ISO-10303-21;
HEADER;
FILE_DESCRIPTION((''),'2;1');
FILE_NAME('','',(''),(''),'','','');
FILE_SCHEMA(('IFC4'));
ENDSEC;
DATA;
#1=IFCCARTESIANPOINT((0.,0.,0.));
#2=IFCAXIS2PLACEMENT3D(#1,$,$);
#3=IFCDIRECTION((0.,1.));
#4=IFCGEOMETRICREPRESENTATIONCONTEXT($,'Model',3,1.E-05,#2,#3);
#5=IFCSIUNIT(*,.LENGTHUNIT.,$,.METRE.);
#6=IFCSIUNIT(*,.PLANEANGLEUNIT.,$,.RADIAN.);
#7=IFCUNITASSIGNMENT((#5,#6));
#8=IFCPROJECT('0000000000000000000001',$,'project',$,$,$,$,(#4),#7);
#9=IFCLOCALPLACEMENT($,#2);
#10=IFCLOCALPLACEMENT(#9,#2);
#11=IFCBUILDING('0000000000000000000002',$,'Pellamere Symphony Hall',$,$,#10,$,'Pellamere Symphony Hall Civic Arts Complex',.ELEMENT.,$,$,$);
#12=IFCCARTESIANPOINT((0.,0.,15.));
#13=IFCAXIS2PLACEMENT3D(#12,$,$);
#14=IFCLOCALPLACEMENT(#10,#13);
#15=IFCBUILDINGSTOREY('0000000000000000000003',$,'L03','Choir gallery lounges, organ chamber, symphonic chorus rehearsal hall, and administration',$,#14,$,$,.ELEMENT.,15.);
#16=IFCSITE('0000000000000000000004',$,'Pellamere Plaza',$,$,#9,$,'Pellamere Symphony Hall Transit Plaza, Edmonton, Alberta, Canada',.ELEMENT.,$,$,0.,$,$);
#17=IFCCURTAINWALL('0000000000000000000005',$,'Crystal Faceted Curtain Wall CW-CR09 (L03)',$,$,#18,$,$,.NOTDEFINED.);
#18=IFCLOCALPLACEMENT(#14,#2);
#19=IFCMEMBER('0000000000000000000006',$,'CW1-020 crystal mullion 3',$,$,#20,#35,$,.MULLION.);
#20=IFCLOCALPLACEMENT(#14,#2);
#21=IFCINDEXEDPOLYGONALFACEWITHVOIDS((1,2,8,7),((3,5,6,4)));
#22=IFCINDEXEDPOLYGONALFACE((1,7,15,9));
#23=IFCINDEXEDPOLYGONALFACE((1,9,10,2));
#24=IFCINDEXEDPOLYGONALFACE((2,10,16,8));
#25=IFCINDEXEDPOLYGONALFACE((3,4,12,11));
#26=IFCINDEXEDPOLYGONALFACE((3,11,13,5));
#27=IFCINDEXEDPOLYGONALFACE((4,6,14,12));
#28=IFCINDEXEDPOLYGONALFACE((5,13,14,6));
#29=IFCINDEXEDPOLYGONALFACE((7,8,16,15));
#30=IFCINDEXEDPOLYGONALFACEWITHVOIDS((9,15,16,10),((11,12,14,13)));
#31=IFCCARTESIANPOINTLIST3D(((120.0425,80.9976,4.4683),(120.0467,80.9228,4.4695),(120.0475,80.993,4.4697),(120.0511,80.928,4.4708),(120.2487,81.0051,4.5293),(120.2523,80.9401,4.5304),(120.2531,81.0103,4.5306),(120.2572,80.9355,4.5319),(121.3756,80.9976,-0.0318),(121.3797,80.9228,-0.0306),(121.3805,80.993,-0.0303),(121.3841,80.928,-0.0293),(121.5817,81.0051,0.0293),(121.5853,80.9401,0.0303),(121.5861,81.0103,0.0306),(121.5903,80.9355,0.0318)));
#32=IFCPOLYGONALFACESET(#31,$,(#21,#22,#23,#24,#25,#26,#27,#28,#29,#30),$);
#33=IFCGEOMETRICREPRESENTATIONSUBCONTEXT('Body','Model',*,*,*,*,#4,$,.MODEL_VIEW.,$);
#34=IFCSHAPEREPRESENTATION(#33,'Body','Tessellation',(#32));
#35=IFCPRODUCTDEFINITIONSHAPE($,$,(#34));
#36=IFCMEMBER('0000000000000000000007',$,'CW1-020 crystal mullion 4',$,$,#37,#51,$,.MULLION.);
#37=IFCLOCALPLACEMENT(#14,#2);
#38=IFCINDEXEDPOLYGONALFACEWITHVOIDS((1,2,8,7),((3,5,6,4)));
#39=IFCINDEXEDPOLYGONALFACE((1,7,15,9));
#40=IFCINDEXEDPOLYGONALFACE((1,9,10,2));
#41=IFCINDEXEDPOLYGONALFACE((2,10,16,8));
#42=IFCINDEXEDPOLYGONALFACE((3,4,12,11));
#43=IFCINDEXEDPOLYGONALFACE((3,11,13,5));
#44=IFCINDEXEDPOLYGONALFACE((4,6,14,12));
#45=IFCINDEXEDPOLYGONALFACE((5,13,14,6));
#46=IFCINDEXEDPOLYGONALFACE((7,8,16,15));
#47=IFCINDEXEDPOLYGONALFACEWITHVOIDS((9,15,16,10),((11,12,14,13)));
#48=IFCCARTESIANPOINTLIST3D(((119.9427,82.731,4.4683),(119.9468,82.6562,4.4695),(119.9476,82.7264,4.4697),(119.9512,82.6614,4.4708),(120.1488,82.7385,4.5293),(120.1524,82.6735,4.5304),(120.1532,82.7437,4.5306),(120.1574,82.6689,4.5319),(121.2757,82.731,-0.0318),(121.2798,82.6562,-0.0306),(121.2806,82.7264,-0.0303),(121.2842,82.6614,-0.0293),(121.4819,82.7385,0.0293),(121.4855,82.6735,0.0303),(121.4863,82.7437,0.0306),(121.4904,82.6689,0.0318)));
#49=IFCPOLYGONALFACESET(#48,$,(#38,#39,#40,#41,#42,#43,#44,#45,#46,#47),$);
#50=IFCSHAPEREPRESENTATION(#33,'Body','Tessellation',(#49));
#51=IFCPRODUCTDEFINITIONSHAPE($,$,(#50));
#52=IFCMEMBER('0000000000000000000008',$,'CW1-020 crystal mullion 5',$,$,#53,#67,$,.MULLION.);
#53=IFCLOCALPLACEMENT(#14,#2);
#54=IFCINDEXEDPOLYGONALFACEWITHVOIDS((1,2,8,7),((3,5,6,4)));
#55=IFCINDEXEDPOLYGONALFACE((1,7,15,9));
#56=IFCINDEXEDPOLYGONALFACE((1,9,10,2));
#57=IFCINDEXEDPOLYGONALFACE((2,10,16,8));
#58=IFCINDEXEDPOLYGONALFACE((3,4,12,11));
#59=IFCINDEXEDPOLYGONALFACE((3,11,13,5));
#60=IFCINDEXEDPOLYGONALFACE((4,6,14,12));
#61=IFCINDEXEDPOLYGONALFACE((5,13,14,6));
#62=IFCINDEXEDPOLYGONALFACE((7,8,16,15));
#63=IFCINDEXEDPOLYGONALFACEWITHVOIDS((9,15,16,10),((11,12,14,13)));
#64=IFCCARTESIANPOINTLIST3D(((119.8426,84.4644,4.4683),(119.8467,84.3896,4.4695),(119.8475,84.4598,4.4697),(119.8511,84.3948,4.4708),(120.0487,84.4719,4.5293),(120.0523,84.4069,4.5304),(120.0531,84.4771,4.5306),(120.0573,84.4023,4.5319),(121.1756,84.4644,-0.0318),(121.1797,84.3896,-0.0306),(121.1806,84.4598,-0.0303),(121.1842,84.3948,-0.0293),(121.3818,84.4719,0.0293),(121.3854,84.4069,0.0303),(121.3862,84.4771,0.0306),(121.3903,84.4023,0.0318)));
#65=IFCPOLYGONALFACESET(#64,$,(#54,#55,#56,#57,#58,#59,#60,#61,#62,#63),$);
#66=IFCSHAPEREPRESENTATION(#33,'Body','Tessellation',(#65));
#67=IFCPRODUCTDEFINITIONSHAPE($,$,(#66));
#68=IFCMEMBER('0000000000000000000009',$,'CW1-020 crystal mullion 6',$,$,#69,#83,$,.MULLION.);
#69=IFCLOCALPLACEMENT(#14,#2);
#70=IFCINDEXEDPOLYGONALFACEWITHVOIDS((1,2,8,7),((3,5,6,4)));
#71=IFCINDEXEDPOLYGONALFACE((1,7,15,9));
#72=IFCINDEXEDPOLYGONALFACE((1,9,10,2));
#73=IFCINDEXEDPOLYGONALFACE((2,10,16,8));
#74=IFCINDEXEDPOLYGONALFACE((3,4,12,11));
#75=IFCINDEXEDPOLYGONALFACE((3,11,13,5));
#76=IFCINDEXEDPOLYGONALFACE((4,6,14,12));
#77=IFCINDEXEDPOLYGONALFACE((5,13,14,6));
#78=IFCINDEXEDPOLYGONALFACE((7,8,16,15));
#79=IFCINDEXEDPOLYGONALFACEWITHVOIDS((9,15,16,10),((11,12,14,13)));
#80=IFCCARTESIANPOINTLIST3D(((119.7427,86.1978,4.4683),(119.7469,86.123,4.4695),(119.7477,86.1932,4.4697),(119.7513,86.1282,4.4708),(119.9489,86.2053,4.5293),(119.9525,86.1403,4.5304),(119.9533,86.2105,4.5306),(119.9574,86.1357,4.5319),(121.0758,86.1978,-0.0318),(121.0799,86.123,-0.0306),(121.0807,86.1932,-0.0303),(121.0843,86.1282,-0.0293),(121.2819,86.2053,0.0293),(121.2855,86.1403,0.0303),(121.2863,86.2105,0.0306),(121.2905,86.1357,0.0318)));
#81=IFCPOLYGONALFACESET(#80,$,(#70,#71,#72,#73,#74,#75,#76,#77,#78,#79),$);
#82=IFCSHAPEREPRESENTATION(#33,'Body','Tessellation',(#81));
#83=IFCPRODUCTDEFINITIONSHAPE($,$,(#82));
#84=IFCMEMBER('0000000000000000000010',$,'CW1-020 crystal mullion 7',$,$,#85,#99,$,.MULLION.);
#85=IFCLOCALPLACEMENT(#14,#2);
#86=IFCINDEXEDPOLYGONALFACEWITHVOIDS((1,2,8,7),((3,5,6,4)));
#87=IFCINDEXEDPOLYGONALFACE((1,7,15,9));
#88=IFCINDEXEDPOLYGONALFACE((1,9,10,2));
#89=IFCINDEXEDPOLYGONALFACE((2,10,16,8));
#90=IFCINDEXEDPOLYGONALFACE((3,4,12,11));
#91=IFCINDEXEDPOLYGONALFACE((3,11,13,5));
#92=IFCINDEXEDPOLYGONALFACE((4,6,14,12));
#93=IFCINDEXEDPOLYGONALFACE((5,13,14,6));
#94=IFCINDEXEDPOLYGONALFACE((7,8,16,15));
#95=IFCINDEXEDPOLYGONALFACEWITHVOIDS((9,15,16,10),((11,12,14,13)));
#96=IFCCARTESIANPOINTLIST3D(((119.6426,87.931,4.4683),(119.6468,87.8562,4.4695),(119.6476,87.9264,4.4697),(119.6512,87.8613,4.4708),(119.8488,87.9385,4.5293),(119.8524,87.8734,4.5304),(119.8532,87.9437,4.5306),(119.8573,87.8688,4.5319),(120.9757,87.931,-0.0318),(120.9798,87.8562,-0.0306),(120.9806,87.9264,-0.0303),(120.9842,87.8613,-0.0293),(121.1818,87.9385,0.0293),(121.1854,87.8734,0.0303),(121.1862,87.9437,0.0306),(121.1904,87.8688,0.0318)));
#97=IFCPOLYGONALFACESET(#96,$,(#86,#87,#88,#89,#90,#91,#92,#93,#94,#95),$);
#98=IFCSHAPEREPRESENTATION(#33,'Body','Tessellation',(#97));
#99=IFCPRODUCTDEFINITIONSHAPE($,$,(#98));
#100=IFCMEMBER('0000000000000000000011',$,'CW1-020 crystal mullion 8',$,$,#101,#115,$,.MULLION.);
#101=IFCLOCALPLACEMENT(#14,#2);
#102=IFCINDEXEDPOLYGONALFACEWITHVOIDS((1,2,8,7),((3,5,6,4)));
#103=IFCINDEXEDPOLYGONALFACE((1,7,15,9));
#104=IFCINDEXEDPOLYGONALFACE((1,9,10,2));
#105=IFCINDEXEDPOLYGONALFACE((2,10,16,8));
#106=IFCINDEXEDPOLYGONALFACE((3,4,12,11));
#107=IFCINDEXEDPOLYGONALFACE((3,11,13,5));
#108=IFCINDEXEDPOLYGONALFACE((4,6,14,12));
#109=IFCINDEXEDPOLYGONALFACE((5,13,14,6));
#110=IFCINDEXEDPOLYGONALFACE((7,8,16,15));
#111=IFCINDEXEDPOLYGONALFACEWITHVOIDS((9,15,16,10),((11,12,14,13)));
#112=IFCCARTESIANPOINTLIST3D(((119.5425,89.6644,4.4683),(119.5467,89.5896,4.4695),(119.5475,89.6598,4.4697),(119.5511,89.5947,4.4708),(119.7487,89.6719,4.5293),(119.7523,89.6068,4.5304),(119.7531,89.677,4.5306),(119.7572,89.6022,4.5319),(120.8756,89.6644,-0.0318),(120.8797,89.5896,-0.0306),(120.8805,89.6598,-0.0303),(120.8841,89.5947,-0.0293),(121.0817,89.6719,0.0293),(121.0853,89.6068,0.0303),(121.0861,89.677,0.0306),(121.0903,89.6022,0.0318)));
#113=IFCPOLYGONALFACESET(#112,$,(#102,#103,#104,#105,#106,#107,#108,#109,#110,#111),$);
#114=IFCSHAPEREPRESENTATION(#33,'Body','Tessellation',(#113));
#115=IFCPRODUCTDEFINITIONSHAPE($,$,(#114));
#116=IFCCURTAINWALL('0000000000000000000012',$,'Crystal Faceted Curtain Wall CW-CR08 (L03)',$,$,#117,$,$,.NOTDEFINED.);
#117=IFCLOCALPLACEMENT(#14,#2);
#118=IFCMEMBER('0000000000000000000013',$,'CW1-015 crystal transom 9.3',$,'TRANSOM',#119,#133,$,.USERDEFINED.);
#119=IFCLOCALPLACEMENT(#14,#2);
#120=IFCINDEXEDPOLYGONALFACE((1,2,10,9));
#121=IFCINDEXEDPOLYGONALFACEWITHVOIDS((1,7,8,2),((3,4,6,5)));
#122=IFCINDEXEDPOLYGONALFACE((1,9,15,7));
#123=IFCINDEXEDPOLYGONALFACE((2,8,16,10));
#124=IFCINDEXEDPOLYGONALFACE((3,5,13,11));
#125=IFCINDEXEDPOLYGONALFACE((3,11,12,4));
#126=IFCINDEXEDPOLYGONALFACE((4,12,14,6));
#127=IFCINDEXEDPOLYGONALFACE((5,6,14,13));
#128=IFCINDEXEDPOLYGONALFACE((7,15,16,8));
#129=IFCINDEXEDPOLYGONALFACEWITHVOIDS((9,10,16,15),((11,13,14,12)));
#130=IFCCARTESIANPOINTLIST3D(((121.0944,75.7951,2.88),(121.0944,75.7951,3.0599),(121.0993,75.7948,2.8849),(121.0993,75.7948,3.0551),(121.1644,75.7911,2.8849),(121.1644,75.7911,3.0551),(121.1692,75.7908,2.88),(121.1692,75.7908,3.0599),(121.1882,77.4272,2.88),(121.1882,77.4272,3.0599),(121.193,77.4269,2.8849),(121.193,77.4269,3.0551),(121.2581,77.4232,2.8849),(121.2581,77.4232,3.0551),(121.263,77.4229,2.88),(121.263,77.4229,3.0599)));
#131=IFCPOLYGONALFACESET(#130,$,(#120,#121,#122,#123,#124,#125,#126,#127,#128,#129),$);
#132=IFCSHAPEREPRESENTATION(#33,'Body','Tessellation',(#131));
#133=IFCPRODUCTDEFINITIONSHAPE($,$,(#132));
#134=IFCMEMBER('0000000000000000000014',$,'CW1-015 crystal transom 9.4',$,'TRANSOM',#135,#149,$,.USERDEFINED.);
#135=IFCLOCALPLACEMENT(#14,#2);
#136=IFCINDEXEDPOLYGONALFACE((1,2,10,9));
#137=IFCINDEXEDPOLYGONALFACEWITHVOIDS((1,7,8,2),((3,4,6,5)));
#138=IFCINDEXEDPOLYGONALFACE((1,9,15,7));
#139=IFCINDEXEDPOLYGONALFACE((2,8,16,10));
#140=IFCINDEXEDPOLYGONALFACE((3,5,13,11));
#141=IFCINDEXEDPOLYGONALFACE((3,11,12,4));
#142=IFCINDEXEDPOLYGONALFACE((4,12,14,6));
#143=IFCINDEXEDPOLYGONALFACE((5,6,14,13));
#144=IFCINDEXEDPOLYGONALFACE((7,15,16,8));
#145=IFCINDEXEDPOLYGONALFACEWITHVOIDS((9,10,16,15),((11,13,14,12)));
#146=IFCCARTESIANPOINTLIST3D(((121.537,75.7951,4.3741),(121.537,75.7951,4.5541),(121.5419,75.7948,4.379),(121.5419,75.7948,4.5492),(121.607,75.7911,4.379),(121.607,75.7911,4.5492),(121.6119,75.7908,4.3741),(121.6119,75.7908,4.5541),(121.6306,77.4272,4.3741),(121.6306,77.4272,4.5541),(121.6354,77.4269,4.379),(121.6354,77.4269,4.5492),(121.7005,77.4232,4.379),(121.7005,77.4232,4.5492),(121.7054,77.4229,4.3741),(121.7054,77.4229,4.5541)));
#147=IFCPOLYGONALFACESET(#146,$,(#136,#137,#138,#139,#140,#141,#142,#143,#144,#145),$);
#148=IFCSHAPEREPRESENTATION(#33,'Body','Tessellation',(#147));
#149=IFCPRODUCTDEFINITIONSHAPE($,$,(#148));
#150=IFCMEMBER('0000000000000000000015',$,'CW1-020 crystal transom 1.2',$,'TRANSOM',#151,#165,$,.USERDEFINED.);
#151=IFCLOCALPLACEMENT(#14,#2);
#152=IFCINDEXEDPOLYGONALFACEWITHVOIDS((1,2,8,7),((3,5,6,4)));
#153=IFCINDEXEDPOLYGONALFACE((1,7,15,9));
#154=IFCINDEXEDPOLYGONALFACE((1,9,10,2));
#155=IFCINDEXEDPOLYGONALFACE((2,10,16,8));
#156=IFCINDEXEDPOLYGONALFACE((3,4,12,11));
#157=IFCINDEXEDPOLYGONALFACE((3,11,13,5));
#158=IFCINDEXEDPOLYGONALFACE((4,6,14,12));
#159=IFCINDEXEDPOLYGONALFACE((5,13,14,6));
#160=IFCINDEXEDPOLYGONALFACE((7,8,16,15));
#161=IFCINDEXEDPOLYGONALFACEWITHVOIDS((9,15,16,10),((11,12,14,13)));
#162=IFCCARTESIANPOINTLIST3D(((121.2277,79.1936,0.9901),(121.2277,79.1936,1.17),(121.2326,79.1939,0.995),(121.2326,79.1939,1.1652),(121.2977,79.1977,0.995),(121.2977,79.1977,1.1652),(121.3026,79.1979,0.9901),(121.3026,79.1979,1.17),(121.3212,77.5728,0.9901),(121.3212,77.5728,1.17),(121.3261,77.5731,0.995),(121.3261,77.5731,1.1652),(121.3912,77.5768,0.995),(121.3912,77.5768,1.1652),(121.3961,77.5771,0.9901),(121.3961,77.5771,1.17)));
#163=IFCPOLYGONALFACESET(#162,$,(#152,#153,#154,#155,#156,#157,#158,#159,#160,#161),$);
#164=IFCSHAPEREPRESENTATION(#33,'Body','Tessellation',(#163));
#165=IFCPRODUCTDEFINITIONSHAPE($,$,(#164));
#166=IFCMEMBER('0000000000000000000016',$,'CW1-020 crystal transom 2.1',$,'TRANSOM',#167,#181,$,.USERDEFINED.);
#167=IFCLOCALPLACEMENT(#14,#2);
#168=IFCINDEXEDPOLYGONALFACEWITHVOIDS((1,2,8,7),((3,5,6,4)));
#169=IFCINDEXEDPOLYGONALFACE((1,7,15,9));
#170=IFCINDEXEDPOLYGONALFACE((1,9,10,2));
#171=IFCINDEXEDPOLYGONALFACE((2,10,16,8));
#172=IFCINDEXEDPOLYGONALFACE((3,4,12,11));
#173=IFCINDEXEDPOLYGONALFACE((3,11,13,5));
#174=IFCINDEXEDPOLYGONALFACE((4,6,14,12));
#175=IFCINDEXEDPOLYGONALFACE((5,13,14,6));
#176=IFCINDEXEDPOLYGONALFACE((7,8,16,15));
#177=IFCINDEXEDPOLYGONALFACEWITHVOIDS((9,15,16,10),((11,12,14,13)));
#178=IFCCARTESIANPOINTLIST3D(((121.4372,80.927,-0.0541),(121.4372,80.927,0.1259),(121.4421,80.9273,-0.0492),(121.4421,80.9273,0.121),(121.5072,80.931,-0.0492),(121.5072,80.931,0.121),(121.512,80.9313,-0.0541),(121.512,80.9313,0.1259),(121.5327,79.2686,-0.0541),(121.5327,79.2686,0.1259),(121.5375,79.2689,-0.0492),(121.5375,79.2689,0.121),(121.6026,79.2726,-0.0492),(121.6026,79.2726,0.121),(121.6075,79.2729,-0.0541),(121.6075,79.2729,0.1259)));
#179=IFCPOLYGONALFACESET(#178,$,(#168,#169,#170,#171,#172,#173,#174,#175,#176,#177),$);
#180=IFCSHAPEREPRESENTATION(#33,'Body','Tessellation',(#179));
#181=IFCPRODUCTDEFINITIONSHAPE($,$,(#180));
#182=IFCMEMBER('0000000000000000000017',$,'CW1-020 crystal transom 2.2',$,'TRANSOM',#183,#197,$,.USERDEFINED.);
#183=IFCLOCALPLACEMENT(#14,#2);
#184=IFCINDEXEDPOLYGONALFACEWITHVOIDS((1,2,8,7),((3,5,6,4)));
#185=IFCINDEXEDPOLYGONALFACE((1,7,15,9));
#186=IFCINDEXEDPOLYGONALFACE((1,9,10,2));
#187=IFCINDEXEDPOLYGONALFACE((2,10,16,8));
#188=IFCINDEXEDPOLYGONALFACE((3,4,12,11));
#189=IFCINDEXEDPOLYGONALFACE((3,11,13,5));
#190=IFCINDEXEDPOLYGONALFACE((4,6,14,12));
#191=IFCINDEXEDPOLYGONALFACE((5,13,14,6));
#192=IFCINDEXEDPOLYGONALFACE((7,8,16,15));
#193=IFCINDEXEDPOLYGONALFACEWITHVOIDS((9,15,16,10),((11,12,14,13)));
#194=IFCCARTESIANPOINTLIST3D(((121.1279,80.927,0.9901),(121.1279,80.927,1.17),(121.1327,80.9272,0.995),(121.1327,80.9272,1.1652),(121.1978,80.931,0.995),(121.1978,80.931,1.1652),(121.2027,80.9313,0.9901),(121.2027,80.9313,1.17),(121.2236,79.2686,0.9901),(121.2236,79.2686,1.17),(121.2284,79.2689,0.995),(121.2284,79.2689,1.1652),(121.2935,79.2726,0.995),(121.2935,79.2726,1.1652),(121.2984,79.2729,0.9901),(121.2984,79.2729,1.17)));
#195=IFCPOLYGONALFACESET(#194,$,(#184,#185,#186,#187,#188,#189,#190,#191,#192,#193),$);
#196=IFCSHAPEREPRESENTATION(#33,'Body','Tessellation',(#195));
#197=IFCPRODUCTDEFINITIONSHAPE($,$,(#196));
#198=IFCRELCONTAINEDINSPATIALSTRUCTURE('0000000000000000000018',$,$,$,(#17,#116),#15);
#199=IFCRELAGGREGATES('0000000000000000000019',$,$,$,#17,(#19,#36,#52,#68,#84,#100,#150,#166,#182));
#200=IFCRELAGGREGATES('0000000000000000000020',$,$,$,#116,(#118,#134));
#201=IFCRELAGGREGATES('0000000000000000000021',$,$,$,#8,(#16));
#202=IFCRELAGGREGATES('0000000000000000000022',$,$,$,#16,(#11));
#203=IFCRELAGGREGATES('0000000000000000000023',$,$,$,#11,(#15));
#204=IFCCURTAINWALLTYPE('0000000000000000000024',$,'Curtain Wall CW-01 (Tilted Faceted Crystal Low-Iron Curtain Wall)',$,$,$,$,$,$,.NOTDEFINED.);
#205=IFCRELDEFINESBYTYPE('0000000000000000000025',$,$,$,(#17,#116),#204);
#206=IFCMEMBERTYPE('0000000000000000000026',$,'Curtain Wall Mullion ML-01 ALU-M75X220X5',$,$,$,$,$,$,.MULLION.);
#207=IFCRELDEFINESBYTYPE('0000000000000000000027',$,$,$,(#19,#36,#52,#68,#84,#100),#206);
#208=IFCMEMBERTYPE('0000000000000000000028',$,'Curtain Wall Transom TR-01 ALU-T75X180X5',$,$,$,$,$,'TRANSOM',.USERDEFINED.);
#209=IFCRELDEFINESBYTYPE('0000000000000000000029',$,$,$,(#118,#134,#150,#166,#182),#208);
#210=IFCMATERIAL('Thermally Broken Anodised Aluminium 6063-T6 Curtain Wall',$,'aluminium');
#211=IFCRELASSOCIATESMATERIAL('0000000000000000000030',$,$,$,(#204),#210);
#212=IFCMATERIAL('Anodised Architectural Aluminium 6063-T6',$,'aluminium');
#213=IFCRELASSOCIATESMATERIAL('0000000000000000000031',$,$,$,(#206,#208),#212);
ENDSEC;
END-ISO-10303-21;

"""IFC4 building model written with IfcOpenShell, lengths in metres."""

from ifc_helpers import new_model, si_unit, direction, frame, origin, origin_2d, place, context, subcontext, project, spatial, hollow_rectangle, extrude, material, material_profile, profile_set, type_object, element, aggregate, save


model = new_model("IFC4")

# Units and contexts
model_context = context("Model", 3, precision=1e-05, world=origin(), true_north=direction((0.0, 1.0)))
body_context = subcontext(model_context, "Body", "Model", "MODEL_VIEW")
ifc_project = project(units=[si_unit("LENGTHUNIT", "METRE"), si_unit("PLANEANGLEUNIT", "RADIAN")], contexts=[model_context])

# Site, building, storey
site_placement = place(None, origin())
site = spatial("IfcSite", under=ifc_project, at=site_placement, Name="Pellamere Plaza", LongName="Pellamere Symphony Hall Transit Plaza, Edmonton, Alberta, Canada", CompositionType="ELEMENT", RefElevation=0.0)
building_placement = place(site_placement, origin())
building = spatial("IfcBuilding", under=site, at=building_placement, Name="Pellamere Symphony Hall", LongName="Pellamere Symphony Hall Civic Arts Complex", CompositionType="ELEMENT")
storey_placement = place(building_placement, frame((0.0, 0.0, 15.0)))
storey = spatial("IfcBuildingStorey", under=building, at=storey_placement, Name="L03", Description="Choir gallery lounges, organ chamber, symphonic chorus rehearsal hall, and administration", CompositionType="ELEMENT", Elevation=15.0)

# Curtain walls, members
ifc_material_1 = material(Name="Thermally Broken Anodised Aluminium 6063-T6 Curtain Wall", Category="aluminium")
curtain_wall_type = type_object("IfcCurtainWallType", Name="Curtain Wall CW-01 (Tilted Faceted Crystal Low-Iron Curtain Wall)", PredefinedType="NOTDEFINED", material=ifc_material_1)
curtain_wall_1_placement = place(storey_placement, origin())
curtain_wall_1 = element("IfcCurtainWall", 1, at=curtain_wall_1_placement, inside=storey, type_object=curtain_wall_type, Name="Crystal Faceted Curtain Wall CW-CR09 (L03)", PredefinedType="NOTDEFINED")
ifc_material_2 = material(Name="Anodised Architectural Aluminium 6063-T6", Category="aluminium")
ifc_material_profile_1 = material_profile(ifc_material_2, hollow_rectangle(XDim=0.075, YDim=0.22, WallThickness=0.0049, at=origin_2d()), Name="ALU-M75X220X5")
ifc_profile_set_1 = profile_set([ifc_material_profile_1], Name="Anodised Architectural Aluminium 6063-T6")
member_type_1 = type_object("IfcMemberType", Name="Curtain Wall Mullion ML-01 ALU-M75X220X5", PredefinedType="MULLION", material=ifc_profile_set_1)
member_1_placement = place(storey_placement, frame((121.4829, 80.9666, 0.0), z_axis=(-0.284025, 0.0, 0.958817), x_axis=(-0.055225, 0.99834, -0.016359)))
member_1 = element("IfcMember", 2, at=member_1_placement, type_object=member_type_1, Name="CW1-020 crystal mullion 3", PredefinedType="MULLION", context=body_context, shape_type="SweptSolid", body=[
    extrude(hollow_rectangle(XDim=0.075, YDim=0.22, WallThickness=0.0049, at=origin_2d()), origin(), (0.0, 0.0, 1.0), 4.6934),
])
member_2_placement = place(storey_placement, frame((121.3831, 82.7, 0.0), z_axis=(-0.284025, 0.0, 0.958817), x_axis=(-0.055225, 0.99834, -0.016359)))
member_2 = element("IfcMember", 3, at=member_2_placement, type_object=member_type_1, Name="CW1-020 crystal mullion 4", PredefinedType="MULLION", context=body_context, shape_type="SweptSolid", body=[
    extrude(hollow_rectangle(XDim=0.075, YDim=0.22, WallThickness=0.0049, at=origin_2d()), origin(), (0.0, 0.0, 1.0), 4.6934),
])
member_3_placement = place(storey_placement, frame((121.283, 84.4333, 0.0), z_axis=(-0.284025, 0.0, 0.958817), x_axis=(-0.055225, 0.99834, -0.016359)))
member_3 = element("IfcMember", 4, at=member_3_placement, type_object=member_type_1, Name="CW1-020 crystal mullion 5", PredefinedType="MULLION", context=body_context, shape_type="SweptSolid", body=[
    extrude(hollow_rectangle(XDim=0.075, YDim=0.22, WallThickness=0.0049, at=origin_2d()), origin(), (0.0, 0.0, 1.0), 4.6934),
])
member_4_placement = place(storey_placement, frame((121.1831, 86.1667, 0.0), z_axis=(-0.284025, 0.0, 0.958817), x_axis=(-0.055225, 0.99834, -0.016359)))
member_4 = element("IfcMember", 5, at=member_4_placement, type_object=member_type_1, Name="CW1-020 crystal mullion 6", PredefinedType="MULLION", context=body_context, shape_type="SweptSolid", body=[
    extrude(hollow_rectangle(XDim=0.075, YDim=0.22, WallThickness=0.0049, at=origin_2d()), origin(), (0.0, 0.0, 1.0), 4.6934),
])
member_5_placement = place(storey_placement, frame((121.083, 87.8999, 0.0), z_axis=(-0.284025, 0.0, 0.958817), x_axis=(-0.055225, 0.99834, -0.016359)))
member_5 = element("IfcMember", 6, at=member_5_placement, type_object=member_type_1, Name="CW1-020 crystal mullion 7", PredefinedType="MULLION", context=body_context, shape_type="SweptSolid", body=[
    extrude(hollow_rectangle(XDim=0.075, YDim=0.22, WallThickness=0.0049, at=origin_2d()), origin(), (0.0, 0.0, 1.0), 4.6934),
])
member_6_placement = place(storey_placement, frame((120.9829, 89.6333, 0.0), z_axis=(-0.284025, 0.0, 0.958817), x_axis=(-0.055225, 0.99834, -0.016359)))
member_6 = element("IfcMember", 7, at=member_6_placement, type_object=member_type_1, Name="CW1-020 crystal mullion 8", PredefinedType="MULLION", context=body_context, shape_type="SweptSolid", body=[
    extrude(hollow_rectangle(XDim=0.075, YDim=0.22, WallThickness=0.0049, at=origin_2d()), origin(), (0.0, 0.0, 1.0), 4.6934),
])
curtain_wall_2_placement = place(storey_placement, origin())
curtain_wall_2 = element("IfcCurtainWall", 8, at=curtain_wall_2_placement, inside=storey, type_object=curtain_wall_type, Name="Crystal Faceted Curtain Wall CW-CR08 (L03)", PredefinedType="NOTDEFINED")
ifc_material_profile_2 = material_profile(ifc_material_2, hollow_rectangle(XDim=0.075, YDim=0.1799, WallThickness=0.0049, at=origin_2d()), Name="ALU-T75X180X5")
ifc_profile_set_2 = profile_set([ifc_material_profile_2], Name="Anodised Architectural Aluminium 6063-T6")
member_type_2 = type_object("IfcMemberType", Name="Curtain Wall Transom TR-01 ALU-T75X180X5", ElementType="TRANSOM", PredefinedType="USERDEFINED", material=ifc_profile_set_2)
member_7_placement = place(storey_placement, frame((121.1318, 75.793, 2.97), z_axis=(0.057348, 0.998354, 0.0), x_axis=(-0.998354, 0.057348, 0.0)))
member_7 = element("IfcMember", 9, at=member_7_placement, type_object=member_type_2, Name="CW1-015 crystal transom 9.3", ObjectType="TRANSOM", PredefinedType="USERDEFINED", context=body_context, shape_type="SweptSolid", body=[
    extrude(hollow_rectangle(XDim=0.075, YDim=0.1799, WallThickness=0.0049, at=origin_2d()), origin(), (0.0, 0.0, 1.0), 1.6348),
])
member_8_placement = place(storey_placement, frame((121.5745, 75.793, 4.4641), z_axis=(0.057199, 0.998363, 0.0), x_axis=(-0.998363, 0.057199, 0.0)))
member_8 = element("IfcMember", 10, at=member_8_placement, type_object=member_type_2, Name="CW1-015 crystal transom 9.4", ObjectType="TRANSOM", PredefinedType="USERDEFINED", context=body_context, shape_type="SweptSolid", body=[
    extrude(hollow_rectangle(XDim=0.075, YDim=0.1799, WallThickness=0.0049, at=origin_2d()), origin(), (0.0, 0.0, 1.0), 1.6348),
])

# Members
member_9_placement = place(storey_placement, frame((121.3586, 77.575, 1.0801), z_axis=(-0.057594, 0.99834, 0.0), x_axis=(-0.99834, -0.057594, 0.0)))
member_9 = element("IfcMember", 11, at=member_9_placement, type_object=member_type_2, Name="CW1-020 crystal transom 1.2", ObjectType="TRANSOM", PredefinedType="USERDEFINED", context=body_context, shape_type="SweptSolid", body=[
    extrude(hollow_rectangle(XDim=0.075, YDim=0.1799, WallThickness=0.0049, at=origin_2d()), origin(), (0.0, 0.0, 1.0), 1.6235),
])
member_10_placement = place(storey_placement, frame((121.5701, 79.2708, 0.0359), z_axis=(-0.057464, 0.998348, 0.0), x_axis=(-0.998348, -0.057464, 0.0)))
member_10 = element("IfcMember", 12, at=member_10_placement, type_object=member_type_2, Name="CW1-020 crystal transom 2.1", ObjectType="TRANSOM", PredefinedType="USERDEFINED", context=body_context, shape_type="SweptSolid", body=[
    extrude(hollow_rectangle(XDim=0.075, YDim=0.1799, WallThickness=0.0049, at=origin_2d()), origin(), (0.0, 0.0, 1.0), 1.6611),
])
member_11_placement = place(storey_placement, frame((121.261, 79.2708, 1.0801), z_axis=(-0.057611, 0.998339, 0.0), x_axis=(-0.998339, -0.057611, 0.0)))
member_11 = element("IfcMember", 13, at=member_11_placement, type_object=member_type_2, Name="CW1-020 crystal transom 2.2", ObjectType="TRANSOM", PredefinedType="USERDEFINED", context=body_context, shape_type="SweptSolid", body=[
    extrude(hollow_rectangle(XDim=0.075, YDim=0.1799, WallThickness=0.0049, at=origin_2d()), origin(), (0.0, 0.0, 1.0), 1.6611),
])

aggregate(curtain_wall_1, [member_1, member_2, member_3, member_4, member_5, member_6, member_9, member_10, member_11])
aggregate(curtain_wall_2, [member_7, member_8])

save(model, "model.ifc")
